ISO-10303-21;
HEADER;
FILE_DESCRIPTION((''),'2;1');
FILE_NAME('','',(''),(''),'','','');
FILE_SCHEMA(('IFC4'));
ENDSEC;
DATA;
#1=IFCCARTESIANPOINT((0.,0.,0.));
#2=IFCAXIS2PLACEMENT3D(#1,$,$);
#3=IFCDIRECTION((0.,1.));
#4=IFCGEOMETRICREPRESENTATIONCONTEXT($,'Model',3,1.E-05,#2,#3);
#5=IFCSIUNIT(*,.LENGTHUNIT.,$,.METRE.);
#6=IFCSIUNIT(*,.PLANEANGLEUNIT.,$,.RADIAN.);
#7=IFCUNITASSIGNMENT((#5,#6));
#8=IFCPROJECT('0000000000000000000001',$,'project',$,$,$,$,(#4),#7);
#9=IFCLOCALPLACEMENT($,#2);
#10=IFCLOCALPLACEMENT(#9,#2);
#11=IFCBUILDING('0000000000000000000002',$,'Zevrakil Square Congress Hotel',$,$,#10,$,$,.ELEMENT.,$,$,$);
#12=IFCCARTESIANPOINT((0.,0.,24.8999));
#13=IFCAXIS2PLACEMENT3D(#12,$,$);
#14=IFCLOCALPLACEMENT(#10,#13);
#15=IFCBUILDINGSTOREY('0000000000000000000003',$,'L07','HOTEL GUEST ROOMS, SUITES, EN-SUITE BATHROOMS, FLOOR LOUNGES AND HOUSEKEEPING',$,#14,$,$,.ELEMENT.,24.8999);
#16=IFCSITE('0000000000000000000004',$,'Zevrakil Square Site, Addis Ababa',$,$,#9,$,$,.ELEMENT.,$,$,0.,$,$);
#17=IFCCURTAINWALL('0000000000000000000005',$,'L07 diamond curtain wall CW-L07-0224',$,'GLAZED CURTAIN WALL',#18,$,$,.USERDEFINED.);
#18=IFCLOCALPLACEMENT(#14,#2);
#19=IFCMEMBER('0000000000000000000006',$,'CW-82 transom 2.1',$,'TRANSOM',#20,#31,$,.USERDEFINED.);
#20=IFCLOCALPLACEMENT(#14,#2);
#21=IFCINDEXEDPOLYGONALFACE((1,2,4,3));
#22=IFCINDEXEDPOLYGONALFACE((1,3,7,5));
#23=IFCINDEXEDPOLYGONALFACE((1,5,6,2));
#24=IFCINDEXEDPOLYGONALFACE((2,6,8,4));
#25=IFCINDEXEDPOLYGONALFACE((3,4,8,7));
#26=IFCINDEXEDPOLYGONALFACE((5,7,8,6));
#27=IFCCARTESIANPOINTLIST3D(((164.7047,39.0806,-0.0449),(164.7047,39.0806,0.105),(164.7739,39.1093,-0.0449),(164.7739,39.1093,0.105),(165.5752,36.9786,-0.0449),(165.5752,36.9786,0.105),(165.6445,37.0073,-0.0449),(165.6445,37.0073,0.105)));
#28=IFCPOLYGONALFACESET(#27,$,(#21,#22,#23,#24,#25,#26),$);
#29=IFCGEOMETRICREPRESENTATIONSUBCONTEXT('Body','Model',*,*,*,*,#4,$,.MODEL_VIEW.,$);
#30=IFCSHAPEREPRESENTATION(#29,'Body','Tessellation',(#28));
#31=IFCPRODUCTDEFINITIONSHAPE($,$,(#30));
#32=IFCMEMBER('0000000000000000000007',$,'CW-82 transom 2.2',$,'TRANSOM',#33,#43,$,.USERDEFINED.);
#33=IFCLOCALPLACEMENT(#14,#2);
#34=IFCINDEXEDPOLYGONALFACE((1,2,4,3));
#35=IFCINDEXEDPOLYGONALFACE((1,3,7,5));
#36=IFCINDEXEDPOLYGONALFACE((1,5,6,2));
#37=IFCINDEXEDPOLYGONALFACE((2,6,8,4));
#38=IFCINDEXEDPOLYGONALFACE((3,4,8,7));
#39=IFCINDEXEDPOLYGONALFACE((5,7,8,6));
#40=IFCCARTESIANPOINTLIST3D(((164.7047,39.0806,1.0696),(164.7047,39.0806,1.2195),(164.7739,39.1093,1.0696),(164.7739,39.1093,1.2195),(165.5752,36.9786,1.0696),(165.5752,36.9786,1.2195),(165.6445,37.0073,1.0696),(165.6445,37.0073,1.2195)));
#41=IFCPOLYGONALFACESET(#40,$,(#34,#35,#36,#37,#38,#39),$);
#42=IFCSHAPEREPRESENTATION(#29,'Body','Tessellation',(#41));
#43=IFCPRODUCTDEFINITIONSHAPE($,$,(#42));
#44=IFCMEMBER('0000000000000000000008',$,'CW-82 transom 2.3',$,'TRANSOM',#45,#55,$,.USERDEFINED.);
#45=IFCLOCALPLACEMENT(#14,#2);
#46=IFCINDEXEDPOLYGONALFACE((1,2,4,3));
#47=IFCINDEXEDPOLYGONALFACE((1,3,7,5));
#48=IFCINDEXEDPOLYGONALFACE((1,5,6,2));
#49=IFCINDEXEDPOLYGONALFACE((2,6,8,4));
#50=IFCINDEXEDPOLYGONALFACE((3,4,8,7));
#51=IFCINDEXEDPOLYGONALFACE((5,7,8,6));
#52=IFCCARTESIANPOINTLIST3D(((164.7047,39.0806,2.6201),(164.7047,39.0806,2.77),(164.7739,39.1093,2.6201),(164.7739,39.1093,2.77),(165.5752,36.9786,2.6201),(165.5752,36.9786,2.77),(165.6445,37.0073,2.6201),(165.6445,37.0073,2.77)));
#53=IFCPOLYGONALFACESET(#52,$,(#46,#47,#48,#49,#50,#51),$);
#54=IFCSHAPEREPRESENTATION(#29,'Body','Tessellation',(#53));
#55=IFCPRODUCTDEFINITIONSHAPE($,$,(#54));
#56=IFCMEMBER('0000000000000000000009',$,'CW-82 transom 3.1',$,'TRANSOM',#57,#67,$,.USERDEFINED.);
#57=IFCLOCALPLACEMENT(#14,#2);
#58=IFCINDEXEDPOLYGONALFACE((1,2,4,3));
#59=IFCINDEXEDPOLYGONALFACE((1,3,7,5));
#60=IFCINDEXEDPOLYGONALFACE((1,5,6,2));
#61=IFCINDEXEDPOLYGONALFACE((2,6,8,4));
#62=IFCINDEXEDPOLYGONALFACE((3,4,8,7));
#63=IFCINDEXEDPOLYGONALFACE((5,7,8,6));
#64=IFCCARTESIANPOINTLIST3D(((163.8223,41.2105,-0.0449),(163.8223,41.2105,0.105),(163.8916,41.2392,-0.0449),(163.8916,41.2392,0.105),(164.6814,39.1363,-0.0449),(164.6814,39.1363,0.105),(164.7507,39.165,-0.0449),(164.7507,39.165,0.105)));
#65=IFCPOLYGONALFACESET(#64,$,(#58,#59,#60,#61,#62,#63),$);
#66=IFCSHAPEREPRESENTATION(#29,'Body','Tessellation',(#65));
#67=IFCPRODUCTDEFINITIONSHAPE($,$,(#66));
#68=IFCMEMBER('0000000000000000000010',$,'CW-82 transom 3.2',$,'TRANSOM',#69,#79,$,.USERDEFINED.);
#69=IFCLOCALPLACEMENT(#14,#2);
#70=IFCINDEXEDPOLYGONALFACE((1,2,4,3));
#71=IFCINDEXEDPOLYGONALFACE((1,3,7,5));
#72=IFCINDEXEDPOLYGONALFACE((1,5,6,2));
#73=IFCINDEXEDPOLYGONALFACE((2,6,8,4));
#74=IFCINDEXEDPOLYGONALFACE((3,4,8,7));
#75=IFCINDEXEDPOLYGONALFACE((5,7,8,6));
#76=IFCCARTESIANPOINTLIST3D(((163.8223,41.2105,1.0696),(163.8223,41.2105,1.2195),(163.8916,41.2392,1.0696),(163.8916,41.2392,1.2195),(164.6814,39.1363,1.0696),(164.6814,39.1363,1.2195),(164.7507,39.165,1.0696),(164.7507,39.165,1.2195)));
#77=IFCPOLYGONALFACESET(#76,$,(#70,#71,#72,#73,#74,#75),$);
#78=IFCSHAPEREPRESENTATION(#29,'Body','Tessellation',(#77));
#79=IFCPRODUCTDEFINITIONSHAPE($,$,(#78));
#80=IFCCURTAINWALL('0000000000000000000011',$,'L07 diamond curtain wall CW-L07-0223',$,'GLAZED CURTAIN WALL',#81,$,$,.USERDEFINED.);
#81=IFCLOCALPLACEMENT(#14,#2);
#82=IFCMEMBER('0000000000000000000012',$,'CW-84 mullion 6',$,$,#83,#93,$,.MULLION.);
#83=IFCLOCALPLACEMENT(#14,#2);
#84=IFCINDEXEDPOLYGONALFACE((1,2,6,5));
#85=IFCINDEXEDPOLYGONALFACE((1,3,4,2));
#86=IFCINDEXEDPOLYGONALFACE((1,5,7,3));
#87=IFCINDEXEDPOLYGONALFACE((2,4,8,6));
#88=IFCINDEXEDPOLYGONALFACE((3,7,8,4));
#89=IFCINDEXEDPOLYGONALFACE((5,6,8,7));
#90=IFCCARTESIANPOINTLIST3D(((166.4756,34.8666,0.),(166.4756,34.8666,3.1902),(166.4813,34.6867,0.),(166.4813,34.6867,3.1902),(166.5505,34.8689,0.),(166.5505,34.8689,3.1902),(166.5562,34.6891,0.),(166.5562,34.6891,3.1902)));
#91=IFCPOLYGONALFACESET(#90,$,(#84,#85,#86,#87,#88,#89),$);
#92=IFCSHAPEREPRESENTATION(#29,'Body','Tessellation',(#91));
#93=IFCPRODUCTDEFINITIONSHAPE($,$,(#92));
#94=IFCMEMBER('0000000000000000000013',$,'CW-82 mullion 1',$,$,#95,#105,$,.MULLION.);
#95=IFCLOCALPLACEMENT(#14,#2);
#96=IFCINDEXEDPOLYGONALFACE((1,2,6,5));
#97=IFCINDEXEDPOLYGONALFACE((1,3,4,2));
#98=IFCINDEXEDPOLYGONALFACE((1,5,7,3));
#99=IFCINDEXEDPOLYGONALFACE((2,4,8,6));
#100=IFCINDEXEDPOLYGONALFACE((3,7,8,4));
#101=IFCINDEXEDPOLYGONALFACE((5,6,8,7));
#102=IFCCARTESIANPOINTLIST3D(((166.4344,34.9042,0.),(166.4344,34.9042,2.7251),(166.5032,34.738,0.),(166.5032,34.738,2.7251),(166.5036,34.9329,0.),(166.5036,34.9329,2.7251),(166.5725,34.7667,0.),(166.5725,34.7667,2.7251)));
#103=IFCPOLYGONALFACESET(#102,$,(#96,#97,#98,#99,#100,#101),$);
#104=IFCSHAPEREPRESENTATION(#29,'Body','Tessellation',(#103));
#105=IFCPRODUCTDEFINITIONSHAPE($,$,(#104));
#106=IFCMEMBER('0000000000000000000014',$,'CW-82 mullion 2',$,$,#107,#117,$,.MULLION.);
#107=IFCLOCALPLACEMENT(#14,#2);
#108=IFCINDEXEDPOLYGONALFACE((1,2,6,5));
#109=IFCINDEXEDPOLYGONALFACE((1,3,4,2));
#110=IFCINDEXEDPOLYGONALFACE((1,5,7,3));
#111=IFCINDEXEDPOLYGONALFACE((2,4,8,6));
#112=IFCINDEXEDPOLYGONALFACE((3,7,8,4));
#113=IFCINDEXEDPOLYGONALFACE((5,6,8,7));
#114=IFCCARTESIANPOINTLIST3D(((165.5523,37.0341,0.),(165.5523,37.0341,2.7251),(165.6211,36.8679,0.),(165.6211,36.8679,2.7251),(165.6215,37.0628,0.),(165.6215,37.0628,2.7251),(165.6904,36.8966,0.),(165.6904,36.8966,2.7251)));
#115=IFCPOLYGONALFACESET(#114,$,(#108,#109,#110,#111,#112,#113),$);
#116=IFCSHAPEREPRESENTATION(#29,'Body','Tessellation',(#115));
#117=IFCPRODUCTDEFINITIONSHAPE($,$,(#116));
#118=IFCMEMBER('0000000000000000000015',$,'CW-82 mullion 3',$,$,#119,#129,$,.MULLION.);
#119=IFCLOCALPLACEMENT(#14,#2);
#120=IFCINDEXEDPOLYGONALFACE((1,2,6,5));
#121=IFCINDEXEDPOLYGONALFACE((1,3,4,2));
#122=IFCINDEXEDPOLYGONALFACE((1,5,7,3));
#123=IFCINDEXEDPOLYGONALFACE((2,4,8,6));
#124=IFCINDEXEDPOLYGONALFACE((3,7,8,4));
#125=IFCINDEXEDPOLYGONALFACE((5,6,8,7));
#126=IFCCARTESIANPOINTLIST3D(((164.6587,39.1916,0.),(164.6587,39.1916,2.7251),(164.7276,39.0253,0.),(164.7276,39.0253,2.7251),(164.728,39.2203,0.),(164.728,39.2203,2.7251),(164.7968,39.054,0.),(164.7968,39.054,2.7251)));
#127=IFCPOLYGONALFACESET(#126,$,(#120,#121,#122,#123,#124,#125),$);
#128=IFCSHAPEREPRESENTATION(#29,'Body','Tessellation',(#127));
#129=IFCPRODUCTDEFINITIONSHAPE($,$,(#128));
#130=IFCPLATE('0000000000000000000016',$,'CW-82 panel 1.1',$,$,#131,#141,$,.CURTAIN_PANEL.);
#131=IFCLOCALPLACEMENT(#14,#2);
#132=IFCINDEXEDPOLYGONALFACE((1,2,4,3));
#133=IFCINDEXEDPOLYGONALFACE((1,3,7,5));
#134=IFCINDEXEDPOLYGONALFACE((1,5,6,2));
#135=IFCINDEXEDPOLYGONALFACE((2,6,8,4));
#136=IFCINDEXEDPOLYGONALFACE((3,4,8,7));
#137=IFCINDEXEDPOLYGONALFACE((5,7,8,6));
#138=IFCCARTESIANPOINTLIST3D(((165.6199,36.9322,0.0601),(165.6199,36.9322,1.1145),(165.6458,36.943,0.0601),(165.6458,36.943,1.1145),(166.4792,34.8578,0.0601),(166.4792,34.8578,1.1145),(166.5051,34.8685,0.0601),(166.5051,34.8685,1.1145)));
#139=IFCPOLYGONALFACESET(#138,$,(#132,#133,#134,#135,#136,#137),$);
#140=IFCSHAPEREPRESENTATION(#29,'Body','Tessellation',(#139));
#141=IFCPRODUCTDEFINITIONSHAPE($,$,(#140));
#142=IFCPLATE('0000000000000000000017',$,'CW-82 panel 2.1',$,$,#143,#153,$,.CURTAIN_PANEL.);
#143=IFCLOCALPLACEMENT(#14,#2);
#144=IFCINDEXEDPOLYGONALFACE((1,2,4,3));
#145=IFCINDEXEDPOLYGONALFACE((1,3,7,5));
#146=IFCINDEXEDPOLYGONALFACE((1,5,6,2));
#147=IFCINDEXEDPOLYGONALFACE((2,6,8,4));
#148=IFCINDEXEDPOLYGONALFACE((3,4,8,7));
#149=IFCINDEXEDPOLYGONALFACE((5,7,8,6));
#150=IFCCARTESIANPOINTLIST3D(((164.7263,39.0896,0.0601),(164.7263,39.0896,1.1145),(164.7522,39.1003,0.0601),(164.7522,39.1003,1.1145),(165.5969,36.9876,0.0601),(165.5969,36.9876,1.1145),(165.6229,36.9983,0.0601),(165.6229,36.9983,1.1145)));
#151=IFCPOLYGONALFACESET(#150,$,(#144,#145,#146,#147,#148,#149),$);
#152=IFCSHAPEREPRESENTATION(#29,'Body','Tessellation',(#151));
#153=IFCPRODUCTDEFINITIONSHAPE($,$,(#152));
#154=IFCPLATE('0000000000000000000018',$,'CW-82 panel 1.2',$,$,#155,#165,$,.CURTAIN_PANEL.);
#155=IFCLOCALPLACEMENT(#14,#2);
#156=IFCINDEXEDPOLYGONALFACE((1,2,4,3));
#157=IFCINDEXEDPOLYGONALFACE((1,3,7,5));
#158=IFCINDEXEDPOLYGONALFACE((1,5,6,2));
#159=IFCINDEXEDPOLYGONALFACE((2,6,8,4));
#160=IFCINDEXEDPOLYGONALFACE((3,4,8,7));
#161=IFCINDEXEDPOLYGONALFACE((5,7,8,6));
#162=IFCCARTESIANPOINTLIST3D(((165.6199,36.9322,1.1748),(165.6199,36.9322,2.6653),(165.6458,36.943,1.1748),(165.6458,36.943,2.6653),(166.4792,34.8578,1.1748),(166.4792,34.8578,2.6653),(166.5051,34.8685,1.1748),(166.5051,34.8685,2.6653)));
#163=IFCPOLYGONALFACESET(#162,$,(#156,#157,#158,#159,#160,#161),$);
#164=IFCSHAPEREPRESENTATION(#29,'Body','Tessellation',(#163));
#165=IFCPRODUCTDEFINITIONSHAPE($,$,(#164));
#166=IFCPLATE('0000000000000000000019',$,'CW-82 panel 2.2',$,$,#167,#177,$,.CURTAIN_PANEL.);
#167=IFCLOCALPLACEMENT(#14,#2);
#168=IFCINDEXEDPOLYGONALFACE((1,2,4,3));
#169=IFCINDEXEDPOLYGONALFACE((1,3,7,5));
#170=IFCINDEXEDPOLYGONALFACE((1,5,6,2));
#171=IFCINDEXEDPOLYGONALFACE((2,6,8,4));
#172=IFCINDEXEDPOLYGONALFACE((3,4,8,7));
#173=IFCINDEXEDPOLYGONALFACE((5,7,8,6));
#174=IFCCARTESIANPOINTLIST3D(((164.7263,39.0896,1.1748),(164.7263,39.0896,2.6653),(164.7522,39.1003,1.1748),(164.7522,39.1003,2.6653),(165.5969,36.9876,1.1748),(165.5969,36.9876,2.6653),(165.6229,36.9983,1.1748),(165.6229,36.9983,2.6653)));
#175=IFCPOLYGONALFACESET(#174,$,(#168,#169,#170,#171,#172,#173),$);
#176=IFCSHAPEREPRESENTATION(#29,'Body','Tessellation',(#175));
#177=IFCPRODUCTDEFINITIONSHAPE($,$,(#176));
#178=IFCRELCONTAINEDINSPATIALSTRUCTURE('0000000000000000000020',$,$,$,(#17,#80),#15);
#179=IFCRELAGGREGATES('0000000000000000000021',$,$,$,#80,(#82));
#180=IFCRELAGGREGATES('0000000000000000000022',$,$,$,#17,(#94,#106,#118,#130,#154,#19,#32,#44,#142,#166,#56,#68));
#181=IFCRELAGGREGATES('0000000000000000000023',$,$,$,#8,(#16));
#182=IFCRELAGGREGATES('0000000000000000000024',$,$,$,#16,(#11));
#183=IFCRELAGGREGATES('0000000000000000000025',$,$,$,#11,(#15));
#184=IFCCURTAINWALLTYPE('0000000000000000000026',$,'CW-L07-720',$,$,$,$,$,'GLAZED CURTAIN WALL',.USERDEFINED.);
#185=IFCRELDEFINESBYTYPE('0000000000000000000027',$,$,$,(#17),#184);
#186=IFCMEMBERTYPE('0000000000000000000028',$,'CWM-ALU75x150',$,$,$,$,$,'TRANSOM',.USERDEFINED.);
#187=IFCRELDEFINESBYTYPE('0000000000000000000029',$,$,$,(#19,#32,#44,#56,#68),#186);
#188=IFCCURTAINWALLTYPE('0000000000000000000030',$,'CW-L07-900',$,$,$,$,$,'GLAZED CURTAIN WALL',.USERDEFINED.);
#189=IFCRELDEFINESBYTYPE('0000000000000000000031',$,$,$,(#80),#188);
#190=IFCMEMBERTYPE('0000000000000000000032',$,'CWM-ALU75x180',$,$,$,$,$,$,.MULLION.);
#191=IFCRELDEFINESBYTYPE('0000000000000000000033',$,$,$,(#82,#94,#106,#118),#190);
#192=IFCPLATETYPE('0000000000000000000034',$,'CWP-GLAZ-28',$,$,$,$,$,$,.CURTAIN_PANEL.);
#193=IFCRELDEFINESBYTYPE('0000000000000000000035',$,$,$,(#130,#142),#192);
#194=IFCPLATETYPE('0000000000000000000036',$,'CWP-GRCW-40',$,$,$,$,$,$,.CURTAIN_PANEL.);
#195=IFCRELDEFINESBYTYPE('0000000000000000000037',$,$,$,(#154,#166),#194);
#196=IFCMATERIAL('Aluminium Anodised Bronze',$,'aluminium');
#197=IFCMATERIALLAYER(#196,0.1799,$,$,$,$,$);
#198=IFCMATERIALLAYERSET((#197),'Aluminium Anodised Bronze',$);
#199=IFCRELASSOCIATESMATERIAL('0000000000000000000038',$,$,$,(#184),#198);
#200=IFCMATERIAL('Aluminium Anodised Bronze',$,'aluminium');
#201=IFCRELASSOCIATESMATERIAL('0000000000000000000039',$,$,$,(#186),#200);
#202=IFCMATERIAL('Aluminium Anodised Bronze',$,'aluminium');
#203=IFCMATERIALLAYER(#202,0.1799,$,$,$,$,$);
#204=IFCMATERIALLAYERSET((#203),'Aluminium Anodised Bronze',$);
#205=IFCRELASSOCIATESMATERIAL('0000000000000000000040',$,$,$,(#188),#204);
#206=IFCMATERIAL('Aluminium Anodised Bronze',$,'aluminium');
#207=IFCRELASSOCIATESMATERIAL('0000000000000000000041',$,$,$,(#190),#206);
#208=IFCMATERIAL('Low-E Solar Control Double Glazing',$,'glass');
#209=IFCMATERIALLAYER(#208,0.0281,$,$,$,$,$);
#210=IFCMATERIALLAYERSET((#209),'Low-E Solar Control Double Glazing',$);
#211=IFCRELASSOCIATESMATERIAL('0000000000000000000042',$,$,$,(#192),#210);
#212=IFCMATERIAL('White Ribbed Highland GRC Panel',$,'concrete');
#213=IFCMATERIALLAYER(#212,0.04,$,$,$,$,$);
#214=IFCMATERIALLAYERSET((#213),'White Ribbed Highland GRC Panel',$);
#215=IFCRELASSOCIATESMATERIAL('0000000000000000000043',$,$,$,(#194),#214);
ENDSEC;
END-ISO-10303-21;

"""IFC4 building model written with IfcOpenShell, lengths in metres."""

from ifc_helpers import new_model, si_unit, direction, frame, origin, origin_2d, place, context, subcontext, project, spatial, rectangle, extrude, material, layer, layer_set, material_profile, profile_set, type_object, element, aggregate, save


model = new_model("IFC4")

# Units and contexts
model_context = context("Model", 3, precision=1e-05, world=origin(), true_north=direction((0.0, 1.0)))
body_context = subcontext(model_context, "Body", "Model", "MODEL_VIEW")
ifc_project = project(units=[si_unit("LENGTHUNIT", "METRE"), si_unit("PLANEANGLEUNIT", "RADIAN")], contexts=[model_context])

# Site, building, storey
site_placement = place(None, origin())
site = spatial("IfcSite", under=ifc_project, at=site_placement, Name="Zevrakil Square Site, Addis Ababa", CompositionType="ELEMENT", RefElevation=0.0)
building_placement = place(site_placement, origin())
building = spatial("IfcBuilding", under=site, at=building_placement, Name="Zevrakil Square Congress Hotel", CompositionType="ELEMENT")
storey_placement = place(building_placement, frame((0.0, 0.0, 24.8999)))
storey = spatial("IfcBuildingStorey", under=building, at=storey_placement, Name="L07", Description="HOTEL GUEST ROOMS, SUITES, EN-SUITE BATHROOMS, FLOOR LOUNGES AND HOUSEKEEPING", CompositionType="ELEMENT", Elevation=24.8999)

# Curtain wall, members
ifc_material_1 = material(Name="Aluminium Anodised Bronze", Category="aluminium")
ifc_layer_1 = layer(ifc_material_1, 0.1799)
ifc_layer_set_1 = layer_set([ifc_layer_1], Name="Aluminium Anodised Bronze")
curtain_wall_type_1 = type_object("IfcCurtainWallType", Name="CW-L07-720", ElementType="GLAZED CURTAIN WALL", PredefinedType="USERDEFINED", material=ifc_layer_set_1)
curtain_wall_1_placement = place(storey_placement, origin())
curtain_wall_1 = element("IfcCurtainWall", 1, at=curtain_wall_1_placement, inside=storey, type_object=curtain_wall_type_1, Name="L07 diamond curtain wall CW-L07-0224", ObjectType="GLAZED CURTAIN WALL", PredefinedType="USERDEFINED")
ifc_material_2 = material(Name="Aluminium Anodised Bronze", Category="aluminium")
ifc_material_profile_1 = material_profile(ifc_material_2, rectangle(XDim=0.075, YDim=0.1499, at=origin_2d()), Name="ALU 75x150")
ifc_profile_set_1 = profile_set([ifc_material_profile_1], Name="Aluminium Anodised Bronze")
member_type_1 = type_object("IfcMemberType", Name="CWM-ALU75x150", ElementType="TRANSOM", PredefinedType="USERDEFINED", material=ifc_profile_set_1)
member_1_placement = place(storey_placement, frame((165.6099, 36.9929, 0.03), z_axis=(-0.382649, 0.923894, 0.0), x_axis=(-0.923894, -0.382649, 0.0)))
member_1 = element("IfcMember", 2, at=member_1_placement, type_object=member_type_1, Name="CW-82 transom 2.1", ObjectType="TRANSOM", PredefinedType="USERDEFINED", context=body_context, shape_type="SweptSolid", body=[
    extrude(rectangle(XDim=0.075, YDim=0.1499, at=origin_2d()), origin(), (0.0, 0.0, 1.0), 2.2751),
])
member_2_placement = place(storey_placement, frame((165.6099, 36.9929, 1.1445), z_axis=(-0.382649, 0.923894, 0.0), x_axis=(-0.923894, -0.382649, 0.0)))
member_2 = element("IfcMember", 3, at=member_2_placement, type_object=member_type_1, Name="CW-82 transom 2.2", ObjectType="TRANSOM", PredefinedType="USERDEFINED", context=body_context, shape_type="SweptSolid", body=[
    extrude(rectangle(XDim=0.075, YDim=0.1499, at=origin_2d()), origin(), (0.0, 0.0, 1.0), 2.2751),
])
member_3_placement = place(storey_placement, frame((165.6099, 36.9929, 2.6951), z_axis=(-0.382649, 0.923894, 0.0), x_axis=(-0.923894, -0.382649, 0.0)))
member_3 = element("IfcMember", 4, at=member_3_placement, type_object=member_type_1, Name="CW-82 transom 2.3", ObjectType="TRANSOM", PredefinedType="USERDEFINED", context=body_context, shape_type="SweptSolid", body=[
    extrude(rectangle(XDim=0.075, YDim=0.1499, at=origin_2d()), origin(), (0.0, 0.0, 1.0), 2.2751),
])
member_4_placement = place(storey_placement, frame((164.7161, 39.1506, 0.03), z_axis=(-0.382669, 0.923886, 0.0), x_axis=(-0.923886, -0.382669, 0.0)))
member_4 = element("IfcMember", 5, at=member_4_placement, type_object=member_type_1, Name="CW-82 transom 3.1", ObjectType="TRANSOM", PredefinedType="USERDEFINED", context=body_context, shape_type="SweptSolid", body=[
    extrude(rectangle(XDim=0.075, YDim=0.1499, at=origin_2d()), origin(), (0.0, 0.0, 1.0), 2.2451),
])
member_5_placement = place(storey_placement, frame((164.7161, 39.1506, 1.1445), z_axis=(-0.382669, 0.923886, 0.0), x_axis=(-0.923886, -0.382669, 0.0)))
member_5 = element("IfcMember", 6, at=member_5_placement, type_object=member_type_1, Name="CW-82 transom 3.2", ObjectType="TRANSOM", PredefinedType="USERDEFINED", context=body_context, shape_type="SweptSolid", body=[
    extrude(rectangle(XDim=0.075, YDim=0.1499, at=origin_2d()), origin(), (0.0, 0.0, 1.0), 2.2451),
])

# Curtain wall, member
ifc_material_3 = material(Name="Aluminium Anodised Bronze", Category="aluminium")
ifc_layer_2 = layer(ifc_material_3, 0.1799)
ifc_layer_set_2 = layer_set([ifc_layer_2], Name="Aluminium Anodised Bronze")
curtain_wall_type_2 = type_object("IfcCurtainWallType", Name="CW-L07-900", ElementType="GLAZED CURTAIN WALL", PredefinedType="USERDEFINED", material=ifc_layer_set_2)
curtain_wall_2_placement = place(storey_placement, origin())
curtain_wall_2 = element("IfcCurtainWall", 7, at=curtain_wall_2_placement, inside=storey, type_object=curtain_wall_type_2, Name="L07 diamond curtain wall CW-L07-0223", ObjectType="GLAZED CURTAIN WALL", PredefinedType="USERDEFINED")
ifc_material_4 = material(Name="Aluminium Anodised Bronze", Category="aluminium")
ifc_material_profile_2 = material_profile(ifc_material_4, rectangle(XDim=0.075, YDim=0.1799, at=origin_2d()), Name="ALU 75x180")
ifc_profile_set_2 = profile_set([ifc_material_profile_2], Name="Aluminium Anodised Bronze")
member_type_2 = type_object("IfcMemberType", Name="CWM-ALU75x180", PredefinedType="MULLION", material=ifc_profile_set_2)
member_6_placement = place(storey_placement, frame((166.5159, 34.7778, 0.0), z_axis=(0.0, 0.0, 1.0), x_axis=(-0.999501, -0.031598, 0.0)))
member_6 = element("IfcMember", 8, at=member_6_placement, type_object=member_type_2, Name="CW-84 mullion 6", PredefinedType="MULLION", context=body_context, shape_type="SweptSolid", body=[
    extrude(rectangle(XDim=0.075, YDim=0.1799, at=origin_2d()), origin(), (0.0, 0.0, 1.0), 3.1902),
])
aggregate(curtain_wall_2, [member_6])

# Members
member_7_placement = place(storey_placement, frame((166.5034, 34.8354, 0.0), z_axis=(0.0, 0.0, 1.0), x_axis=(-0.923879, -0.382684, 0.0)))
member_7 = element("IfcMember", 9, at=member_7_placement, type_object=member_type_2, Name="CW-82 mullion 1", PredefinedType="MULLION", context=body_context, shape_type="SweptSolid", body=[
    extrude(rectangle(XDim=0.075, YDim=0.1799, at=origin_2d()), origin(), (0.0, 0.0, 1.0), 2.7251),
])
member_8_placement = place(storey_placement, frame((165.6213, 36.9653, 0.0), z_axis=(0.0, 0.0, 1.0), x_axis=(-0.923879, -0.382684, 0.0)))
member_8 = element("IfcMember", 10, at=member_8_placement, type_object=member_type_2, Name="CW-82 mullion 2", PredefinedType="MULLION", context=body_context, shape_type="SweptSolid", body=[
    extrude(rectangle(XDim=0.075, YDim=0.1799, at=origin_2d()), origin(), (0.0, 0.0, 1.0), 2.7251),
])
member_9_placement = place(storey_placement, frame((164.7278, 39.1228, 0.0), z_axis=(0.0, 0.0, 1.0), x_axis=(-0.923879, -0.382684, 0.0)))
member_9 = element("IfcMember", 11, at=member_9_placement, type_object=member_type_2, Name="CW-82 mullion 3", PredefinedType="MULLION", context=body_context, shape_type="SweptSolid", body=[
    extrude(rectangle(XDim=0.075, YDim=0.1799, at=origin_2d()), origin(), (0.0, 0.0, 1.0), 2.7251),
])

# Plates
ifc_material_5 = material(Name="Low-E Solar Control Double Glazing", Category="glass")
ifc_layer_3 = layer(ifc_material_5, 0.0281)
ifc_layer_set_3 = layer_set([ifc_layer_3], Name="Low-E Solar Control Double Glazing")
plate_type_1 = type_object("IfcPlateType", Name="CWP-GLAZ-28", PredefinedType="CURTAIN_PANEL", material=ifc_layer_set_3)
plate_1_placement = place(storey_placement, frame((166.0625, 35.9004, 0.0601), z_axis=(0.0, 0.0, 1.0), x_axis=(-0.382684, 0.923879, 0.0)))
plate_1 = element("IfcPlate", 12, at=plate_1_placement, type_object=plate_type_1, Name="CW-82 panel 1.1", PredefinedType="CURTAIN_PANEL", context=body_context, shape_type="SweptSolid", body=[
    extrude(rectangle(XDim=2.2454, YDim=0.0281, at=origin_2d()), origin(), (0.0, 0.0, 1.0), 1.0544),
])
plate_2_placement = place(storey_placement, frame((165.1746, 38.0439, 0.0601), z_axis=(0.0, 0.0, 1.0), x_axis=(-0.382684, 0.923879, 0.0)))
plate_2 = element("IfcPlate", 13, at=plate_2_placement, type_object=plate_type_1, Name="CW-82 panel 2.1", PredefinedType="CURTAIN_PANEL", context=body_context, shape_type="SweptSolid", body=[
    extrude(rectangle(XDim=2.2751, YDim=0.0281, at=origin_2d()), origin(), (0.0, 0.0, 1.0), 1.0544),
])
ifc_material_6 = material(Name="White Ribbed Highland GRC Panel", Category="concrete")
ifc_layer_4 = layer(ifc_material_6, 0.04)
ifc_layer_set_4 = layer_set([ifc_layer_4], Name="White Ribbed Highland GRC Panel")
plate_type_2 = type_object("IfcPlateType", Name="CWP-GRCW-40", PredefinedType="CURTAIN_PANEL", material=ifc_layer_set_4)
plate_3_placement = place(storey_placement, frame((166.0625, 35.9004, 1.1748), z_axis=(0.0, 0.0, 1.0), x_axis=(-0.382684, 0.923879, 0.0)))
plate_3 = element("IfcPlate", 14, at=plate_3_placement, type_object=plate_type_2, Name="CW-82 panel 1.2", PredefinedType="CURTAIN_PANEL", context=body_context, shape_type="SweptSolid", body=[
    extrude(rectangle(XDim=2.2454, YDim=0.0281, at=origin_2d()), origin(), (0.0, 0.0, 1.0), 1.4905),
])
plate_4_placement = place(storey_placement, frame((165.1746, 38.0439, 1.1748), z_axis=(0.0, 0.0, 1.0), x_axis=(-0.382684, 0.923879, 0.0)))
plate_4 = element("IfcPlate", 15, at=plate_4_placement, type_object=plate_type_2, Name="CW-82 panel 2.2", PredefinedType="CURTAIN_PANEL", context=body_context, shape_type="SweptSolid", body=[
    extrude(rectangle(XDim=2.2751, YDim=0.0281, at=origin_2d()), origin(), (0.0, 0.0, 1.0), 1.4905),
])
aggregate(curtain_wall_1, [member_7, member_8, member_9, plate_1, plate_3, member_1, member_2, member_3, plate_2, plate_4, member_4, member_5])

save(model, "model.ifc")
